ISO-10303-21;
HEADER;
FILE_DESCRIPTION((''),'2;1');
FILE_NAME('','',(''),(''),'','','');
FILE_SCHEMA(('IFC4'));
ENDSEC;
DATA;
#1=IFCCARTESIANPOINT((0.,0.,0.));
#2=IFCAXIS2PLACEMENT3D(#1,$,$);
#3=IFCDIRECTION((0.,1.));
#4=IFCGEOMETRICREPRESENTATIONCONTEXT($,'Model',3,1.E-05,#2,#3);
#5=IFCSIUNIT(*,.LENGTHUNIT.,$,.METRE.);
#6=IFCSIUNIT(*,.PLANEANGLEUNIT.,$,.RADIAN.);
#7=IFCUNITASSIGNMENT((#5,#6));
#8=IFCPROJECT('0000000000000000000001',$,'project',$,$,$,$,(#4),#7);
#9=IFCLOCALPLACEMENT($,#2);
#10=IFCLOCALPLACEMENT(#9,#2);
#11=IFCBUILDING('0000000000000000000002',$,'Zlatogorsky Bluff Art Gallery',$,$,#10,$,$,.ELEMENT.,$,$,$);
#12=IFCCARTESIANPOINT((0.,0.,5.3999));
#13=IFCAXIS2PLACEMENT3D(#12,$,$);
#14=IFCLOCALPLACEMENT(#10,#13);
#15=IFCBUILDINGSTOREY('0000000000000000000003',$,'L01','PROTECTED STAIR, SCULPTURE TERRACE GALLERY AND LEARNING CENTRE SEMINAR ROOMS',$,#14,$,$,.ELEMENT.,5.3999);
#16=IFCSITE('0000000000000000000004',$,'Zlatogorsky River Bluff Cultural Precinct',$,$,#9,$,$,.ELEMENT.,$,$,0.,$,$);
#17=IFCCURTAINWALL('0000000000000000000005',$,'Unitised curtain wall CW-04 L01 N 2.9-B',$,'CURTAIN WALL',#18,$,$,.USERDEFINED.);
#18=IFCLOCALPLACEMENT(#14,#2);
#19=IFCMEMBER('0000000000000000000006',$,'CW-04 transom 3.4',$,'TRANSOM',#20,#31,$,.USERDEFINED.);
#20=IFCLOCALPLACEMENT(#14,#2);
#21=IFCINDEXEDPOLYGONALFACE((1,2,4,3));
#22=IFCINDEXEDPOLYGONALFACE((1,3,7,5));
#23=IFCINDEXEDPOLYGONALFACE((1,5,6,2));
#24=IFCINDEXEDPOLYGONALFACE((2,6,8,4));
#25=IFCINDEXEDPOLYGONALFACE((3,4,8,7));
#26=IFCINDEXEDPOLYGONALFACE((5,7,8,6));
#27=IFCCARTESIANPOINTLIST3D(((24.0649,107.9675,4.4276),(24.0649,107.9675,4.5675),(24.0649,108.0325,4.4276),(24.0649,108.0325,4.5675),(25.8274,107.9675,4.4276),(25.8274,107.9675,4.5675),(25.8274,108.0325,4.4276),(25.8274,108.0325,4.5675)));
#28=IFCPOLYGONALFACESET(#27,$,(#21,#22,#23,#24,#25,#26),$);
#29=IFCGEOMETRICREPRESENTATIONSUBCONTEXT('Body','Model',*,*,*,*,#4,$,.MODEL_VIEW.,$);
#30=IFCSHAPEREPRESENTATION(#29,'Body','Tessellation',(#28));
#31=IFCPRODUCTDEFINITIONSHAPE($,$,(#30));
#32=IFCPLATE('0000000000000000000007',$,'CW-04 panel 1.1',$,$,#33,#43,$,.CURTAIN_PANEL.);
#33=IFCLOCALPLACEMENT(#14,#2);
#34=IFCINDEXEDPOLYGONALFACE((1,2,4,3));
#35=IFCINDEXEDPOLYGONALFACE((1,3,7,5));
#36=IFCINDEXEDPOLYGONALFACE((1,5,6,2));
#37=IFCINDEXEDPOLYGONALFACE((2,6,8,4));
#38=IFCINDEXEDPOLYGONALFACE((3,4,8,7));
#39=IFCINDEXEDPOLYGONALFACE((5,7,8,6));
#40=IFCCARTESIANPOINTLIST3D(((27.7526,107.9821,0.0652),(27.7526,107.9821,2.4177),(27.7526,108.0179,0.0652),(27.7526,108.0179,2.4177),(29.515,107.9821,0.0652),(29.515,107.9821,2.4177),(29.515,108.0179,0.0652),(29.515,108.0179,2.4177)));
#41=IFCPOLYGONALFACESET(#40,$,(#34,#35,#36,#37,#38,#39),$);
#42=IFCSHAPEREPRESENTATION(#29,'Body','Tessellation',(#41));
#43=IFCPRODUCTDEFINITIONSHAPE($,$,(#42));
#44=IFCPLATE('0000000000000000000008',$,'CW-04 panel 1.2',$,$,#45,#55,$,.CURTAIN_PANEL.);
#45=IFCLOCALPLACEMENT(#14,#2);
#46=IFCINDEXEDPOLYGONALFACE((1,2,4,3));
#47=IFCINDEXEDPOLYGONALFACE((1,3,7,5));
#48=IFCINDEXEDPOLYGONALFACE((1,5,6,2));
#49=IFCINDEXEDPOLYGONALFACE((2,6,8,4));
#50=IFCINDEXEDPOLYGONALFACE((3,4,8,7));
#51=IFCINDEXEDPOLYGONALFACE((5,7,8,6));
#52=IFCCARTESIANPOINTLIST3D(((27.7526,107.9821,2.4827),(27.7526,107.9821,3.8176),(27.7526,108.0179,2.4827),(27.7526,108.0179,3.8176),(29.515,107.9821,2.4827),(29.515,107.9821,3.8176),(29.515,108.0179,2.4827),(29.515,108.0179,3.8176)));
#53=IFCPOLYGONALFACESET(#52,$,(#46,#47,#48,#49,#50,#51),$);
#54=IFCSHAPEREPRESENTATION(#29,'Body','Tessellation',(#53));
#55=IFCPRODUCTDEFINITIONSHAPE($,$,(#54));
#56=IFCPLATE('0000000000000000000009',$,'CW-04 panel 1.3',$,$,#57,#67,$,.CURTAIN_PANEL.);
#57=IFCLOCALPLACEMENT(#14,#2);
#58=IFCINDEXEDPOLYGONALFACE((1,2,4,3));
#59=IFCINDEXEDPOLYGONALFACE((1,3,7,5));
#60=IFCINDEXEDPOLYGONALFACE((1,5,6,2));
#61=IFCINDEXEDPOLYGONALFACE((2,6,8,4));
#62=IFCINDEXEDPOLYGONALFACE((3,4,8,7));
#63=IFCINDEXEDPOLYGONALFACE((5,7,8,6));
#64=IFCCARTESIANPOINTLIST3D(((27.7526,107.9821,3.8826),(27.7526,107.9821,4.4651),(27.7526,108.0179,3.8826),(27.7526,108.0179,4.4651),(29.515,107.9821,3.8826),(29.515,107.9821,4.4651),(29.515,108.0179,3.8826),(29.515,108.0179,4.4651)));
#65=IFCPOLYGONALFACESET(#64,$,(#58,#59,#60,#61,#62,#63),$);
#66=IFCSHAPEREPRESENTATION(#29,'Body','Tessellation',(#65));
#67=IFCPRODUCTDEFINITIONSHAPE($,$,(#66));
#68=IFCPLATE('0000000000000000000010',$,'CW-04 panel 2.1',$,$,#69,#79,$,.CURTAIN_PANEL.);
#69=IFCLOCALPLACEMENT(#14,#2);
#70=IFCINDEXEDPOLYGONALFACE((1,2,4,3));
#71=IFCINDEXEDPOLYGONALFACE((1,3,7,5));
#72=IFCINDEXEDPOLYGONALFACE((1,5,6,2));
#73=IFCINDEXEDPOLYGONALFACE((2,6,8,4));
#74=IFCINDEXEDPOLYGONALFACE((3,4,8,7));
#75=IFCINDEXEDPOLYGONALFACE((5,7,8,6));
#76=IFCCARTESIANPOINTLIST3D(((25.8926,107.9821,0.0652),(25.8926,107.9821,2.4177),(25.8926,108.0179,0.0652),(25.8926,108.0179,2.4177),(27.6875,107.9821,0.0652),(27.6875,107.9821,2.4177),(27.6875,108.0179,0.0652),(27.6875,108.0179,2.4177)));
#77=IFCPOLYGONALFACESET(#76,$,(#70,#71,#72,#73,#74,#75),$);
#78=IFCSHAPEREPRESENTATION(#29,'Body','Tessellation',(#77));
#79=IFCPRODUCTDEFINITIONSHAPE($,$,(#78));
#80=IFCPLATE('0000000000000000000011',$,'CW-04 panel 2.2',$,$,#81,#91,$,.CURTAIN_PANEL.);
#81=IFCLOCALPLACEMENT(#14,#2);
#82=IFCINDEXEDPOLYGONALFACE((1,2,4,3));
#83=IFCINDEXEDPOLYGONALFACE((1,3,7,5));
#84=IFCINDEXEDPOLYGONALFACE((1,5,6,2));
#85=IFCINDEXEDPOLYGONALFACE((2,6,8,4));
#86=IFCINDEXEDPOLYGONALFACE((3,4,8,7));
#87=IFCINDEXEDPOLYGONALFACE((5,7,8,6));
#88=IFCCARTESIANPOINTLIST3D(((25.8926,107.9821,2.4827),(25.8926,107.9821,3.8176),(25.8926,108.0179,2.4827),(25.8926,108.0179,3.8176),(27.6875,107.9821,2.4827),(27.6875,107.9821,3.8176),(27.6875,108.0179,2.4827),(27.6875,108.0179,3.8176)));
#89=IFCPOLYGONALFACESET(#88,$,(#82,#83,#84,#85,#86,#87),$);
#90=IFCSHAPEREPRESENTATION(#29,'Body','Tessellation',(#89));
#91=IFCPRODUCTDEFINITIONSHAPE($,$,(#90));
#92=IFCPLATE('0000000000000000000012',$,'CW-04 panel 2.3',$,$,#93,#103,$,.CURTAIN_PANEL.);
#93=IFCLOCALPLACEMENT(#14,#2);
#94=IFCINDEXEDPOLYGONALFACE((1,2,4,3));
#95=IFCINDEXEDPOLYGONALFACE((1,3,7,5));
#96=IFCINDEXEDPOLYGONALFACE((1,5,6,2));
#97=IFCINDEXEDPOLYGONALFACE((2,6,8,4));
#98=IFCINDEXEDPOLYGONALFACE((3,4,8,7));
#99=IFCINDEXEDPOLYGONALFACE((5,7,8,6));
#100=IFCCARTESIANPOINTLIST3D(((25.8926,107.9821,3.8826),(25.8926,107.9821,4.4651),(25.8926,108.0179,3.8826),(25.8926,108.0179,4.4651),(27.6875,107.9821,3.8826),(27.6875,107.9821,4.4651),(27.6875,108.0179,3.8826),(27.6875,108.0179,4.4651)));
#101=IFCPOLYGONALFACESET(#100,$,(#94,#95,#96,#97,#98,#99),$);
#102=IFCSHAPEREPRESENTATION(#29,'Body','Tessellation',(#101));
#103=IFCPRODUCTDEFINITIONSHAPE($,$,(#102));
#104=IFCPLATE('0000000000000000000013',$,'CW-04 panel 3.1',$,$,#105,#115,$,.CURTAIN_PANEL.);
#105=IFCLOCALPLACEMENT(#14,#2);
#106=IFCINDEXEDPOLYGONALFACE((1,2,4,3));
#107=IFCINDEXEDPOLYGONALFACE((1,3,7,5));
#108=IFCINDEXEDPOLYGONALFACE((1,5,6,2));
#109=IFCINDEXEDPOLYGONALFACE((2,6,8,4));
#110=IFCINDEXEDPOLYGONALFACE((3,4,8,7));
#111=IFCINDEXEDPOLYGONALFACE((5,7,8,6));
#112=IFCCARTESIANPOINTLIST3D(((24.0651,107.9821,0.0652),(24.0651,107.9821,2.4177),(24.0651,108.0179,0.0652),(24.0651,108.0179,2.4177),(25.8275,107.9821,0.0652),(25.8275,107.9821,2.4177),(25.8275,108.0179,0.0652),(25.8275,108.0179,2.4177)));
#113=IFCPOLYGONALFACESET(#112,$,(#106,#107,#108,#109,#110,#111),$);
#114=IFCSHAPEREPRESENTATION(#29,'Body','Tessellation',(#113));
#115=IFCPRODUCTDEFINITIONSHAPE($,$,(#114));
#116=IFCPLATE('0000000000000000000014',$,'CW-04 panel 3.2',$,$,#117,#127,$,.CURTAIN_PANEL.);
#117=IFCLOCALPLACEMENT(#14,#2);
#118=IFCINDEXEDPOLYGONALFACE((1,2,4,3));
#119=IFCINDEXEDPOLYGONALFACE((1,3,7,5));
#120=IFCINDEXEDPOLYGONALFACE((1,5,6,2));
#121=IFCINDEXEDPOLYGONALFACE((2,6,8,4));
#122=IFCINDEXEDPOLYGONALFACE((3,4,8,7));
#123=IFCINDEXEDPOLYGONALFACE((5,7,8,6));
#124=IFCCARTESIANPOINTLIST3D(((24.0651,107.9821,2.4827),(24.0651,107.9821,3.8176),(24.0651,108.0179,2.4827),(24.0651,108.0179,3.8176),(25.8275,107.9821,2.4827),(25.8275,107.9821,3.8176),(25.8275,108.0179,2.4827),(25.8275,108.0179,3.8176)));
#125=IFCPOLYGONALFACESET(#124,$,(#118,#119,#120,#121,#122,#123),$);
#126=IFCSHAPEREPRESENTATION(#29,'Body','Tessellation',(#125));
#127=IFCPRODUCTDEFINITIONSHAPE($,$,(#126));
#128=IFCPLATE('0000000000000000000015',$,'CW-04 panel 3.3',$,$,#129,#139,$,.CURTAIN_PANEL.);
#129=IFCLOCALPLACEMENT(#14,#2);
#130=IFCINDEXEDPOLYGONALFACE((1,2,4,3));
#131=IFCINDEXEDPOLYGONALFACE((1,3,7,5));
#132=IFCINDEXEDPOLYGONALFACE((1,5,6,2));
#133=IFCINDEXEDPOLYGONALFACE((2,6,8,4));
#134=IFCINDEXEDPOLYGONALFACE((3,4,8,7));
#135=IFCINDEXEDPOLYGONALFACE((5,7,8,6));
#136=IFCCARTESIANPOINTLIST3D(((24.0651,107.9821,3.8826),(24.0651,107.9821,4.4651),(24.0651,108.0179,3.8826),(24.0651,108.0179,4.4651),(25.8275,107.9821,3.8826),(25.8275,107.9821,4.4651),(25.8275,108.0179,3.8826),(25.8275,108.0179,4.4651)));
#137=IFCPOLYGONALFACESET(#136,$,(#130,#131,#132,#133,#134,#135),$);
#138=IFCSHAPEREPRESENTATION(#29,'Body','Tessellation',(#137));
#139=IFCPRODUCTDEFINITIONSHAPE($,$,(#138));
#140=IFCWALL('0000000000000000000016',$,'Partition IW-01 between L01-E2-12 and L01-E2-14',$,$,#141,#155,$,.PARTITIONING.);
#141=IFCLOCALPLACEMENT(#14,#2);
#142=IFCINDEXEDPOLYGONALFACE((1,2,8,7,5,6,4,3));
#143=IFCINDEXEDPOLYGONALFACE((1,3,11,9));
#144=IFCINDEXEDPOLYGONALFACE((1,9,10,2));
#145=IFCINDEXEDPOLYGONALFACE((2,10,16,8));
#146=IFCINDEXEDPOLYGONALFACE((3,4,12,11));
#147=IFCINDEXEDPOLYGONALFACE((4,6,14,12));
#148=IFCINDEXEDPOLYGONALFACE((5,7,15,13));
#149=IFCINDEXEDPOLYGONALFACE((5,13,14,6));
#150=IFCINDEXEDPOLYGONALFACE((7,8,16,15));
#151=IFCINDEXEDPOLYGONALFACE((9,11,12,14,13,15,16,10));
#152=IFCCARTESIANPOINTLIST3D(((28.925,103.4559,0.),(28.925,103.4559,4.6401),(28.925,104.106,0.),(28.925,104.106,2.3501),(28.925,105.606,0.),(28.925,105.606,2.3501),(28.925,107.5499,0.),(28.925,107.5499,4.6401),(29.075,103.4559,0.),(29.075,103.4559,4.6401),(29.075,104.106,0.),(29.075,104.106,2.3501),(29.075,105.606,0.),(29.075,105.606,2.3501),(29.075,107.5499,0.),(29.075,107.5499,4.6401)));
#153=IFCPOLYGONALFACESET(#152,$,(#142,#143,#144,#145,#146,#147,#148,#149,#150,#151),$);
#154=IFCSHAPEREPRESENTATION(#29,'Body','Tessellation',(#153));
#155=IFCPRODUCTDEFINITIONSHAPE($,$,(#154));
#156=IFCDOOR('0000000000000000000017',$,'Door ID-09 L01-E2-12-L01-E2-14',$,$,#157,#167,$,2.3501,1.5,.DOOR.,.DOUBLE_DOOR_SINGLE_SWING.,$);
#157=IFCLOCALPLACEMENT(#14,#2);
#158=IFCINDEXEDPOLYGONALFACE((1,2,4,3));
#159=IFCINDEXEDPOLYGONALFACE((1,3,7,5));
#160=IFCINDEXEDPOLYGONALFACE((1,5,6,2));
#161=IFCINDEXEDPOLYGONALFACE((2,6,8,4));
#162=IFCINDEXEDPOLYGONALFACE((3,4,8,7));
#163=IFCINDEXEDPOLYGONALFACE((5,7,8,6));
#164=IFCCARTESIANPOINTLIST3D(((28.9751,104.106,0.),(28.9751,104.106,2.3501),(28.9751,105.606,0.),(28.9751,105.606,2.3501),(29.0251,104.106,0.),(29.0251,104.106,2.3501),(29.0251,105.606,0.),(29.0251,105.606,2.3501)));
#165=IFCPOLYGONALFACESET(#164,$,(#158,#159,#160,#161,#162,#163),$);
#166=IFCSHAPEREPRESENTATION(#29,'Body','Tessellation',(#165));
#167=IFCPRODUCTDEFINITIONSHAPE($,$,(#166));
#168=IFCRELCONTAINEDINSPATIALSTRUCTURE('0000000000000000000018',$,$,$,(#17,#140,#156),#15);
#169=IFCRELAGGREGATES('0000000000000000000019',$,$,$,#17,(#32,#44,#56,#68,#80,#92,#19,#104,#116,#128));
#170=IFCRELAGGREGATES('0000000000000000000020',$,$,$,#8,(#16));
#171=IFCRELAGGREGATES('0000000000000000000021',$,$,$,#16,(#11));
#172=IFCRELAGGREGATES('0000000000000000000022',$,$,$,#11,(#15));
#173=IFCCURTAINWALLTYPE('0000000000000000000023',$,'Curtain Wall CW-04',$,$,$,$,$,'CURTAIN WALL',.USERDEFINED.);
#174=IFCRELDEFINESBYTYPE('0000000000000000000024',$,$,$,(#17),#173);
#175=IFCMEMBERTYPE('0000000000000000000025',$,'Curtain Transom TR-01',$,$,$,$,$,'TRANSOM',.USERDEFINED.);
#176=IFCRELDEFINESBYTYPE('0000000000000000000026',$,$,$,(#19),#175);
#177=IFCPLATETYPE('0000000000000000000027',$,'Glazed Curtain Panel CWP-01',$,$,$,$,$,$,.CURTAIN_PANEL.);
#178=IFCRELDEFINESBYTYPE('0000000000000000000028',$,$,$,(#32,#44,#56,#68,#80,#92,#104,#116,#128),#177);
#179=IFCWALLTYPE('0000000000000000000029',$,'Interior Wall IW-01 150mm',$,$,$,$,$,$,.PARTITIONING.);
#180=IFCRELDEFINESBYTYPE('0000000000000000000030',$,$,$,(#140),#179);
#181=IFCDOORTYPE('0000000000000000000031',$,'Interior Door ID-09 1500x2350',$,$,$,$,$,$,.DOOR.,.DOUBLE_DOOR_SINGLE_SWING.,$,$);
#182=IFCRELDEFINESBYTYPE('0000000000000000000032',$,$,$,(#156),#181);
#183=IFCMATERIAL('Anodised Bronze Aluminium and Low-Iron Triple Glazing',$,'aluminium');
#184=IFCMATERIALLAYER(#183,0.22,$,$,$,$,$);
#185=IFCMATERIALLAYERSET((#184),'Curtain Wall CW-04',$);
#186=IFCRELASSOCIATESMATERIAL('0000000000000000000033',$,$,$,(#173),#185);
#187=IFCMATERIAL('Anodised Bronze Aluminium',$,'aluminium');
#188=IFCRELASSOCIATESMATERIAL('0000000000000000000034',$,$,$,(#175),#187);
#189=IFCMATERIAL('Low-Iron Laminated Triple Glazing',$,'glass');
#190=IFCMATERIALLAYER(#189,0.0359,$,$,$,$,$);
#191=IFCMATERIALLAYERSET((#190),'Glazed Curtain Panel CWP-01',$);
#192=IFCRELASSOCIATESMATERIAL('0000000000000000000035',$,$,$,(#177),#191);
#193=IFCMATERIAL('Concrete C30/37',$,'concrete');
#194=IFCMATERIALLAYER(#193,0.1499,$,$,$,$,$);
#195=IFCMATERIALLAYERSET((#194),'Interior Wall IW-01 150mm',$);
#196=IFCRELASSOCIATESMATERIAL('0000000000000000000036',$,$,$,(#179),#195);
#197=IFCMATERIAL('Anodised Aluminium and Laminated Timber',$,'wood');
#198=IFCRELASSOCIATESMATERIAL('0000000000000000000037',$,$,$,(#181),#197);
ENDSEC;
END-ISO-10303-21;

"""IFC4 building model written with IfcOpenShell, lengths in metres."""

from ifc_helpers import new_model, si_unit, direction, frame, frame_2d, origin, origin_2d, place, context, subcontext, project, spatial, rectangle, extrude, material, layer, layer_set, material_profile, profile_set, type_object, element, fill, aggregate, save


model = new_model("IFC4")

# Units and contexts
model_context = context("Model", 3, precision=1e-05, world=origin(), true_north=direction((0.0, 1.0)))
body_context = subcontext(model_context, "Body", "Model", "MODEL_VIEW")
ifc_project = project(units=[si_unit("LENGTHUNIT", "METRE"), si_unit("PLANEANGLEUNIT", "RADIAN")], contexts=[model_context])

# Site, building, storey
site_placement = place(None, origin())
site = spatial("IfcSite", under=ifc_project, at=site_placement, Name="Zlatogorsky River Bluff Cultural Precinct", CompositionType="ELEMENT", RefElevation=0.0)
building_placement = place(site_placement, origin())
building = spatial("IfcBuilding", under=site, at=building_placement, Name="Zlatogorsky Bluff Art Gallery", CompositionType="ELEMENT")
storey_placement = place(building_placement, frame((0.0, 0.0, 5.3999)))
storey = spatial("IfcBuildingStorey", under=building, at=storey_placement, Name="L01", Description="PROTECTED STAIR, SCULPTURE TERRACE GALLERY AND LEARNING CENTRE SEMINAR ROOMS", CompositionType="ELEMENT", Elevation=5.3999)

# Curtain wall, member, plates
ifc_material_1 = material(Name="Anodised Bronze Aluminium and Low-Iron Triple Glazing", Category="aluminium")
ifc_layer_1 = layer(ifc_material_1, 0.22)
ifc_layer_set_1 = layer_set([ifc_layer_1], Name="Curtain Wall CW-04")
curtain_wall_type = type_object("IfcCurtainWallType", Name="Curtain Wall CW-04", ElementType="CURTAIN WALL", PredefinedType="USERDEFINED", material=ifc_layer_set_1)
curtain_wall_placement = place(storey_placement, origin())
curtain_wall = element("IfcCurtainWall", 1, at=curtain_wall_placement, inside=storey, type_object=curtain_wall_type, Name="Unitised curtain wall CW-04 L01 N 2.9-B", ObjectType="CURTAIN WALL", PredefinedType="USERDEFINED")
ifc_material_2 = material(Name="Anodised Bronze Aluminium", Category="aluminium")
ifc_material_profile_1 = material_profile(ifc_material_2, rectangle(XDim=0.0649, YDim=0.1399, at=origin_2d()), Name="ALU TRANSOM 65x140")
ifc_profile_set_1 = profile_set([ifc_material_profile_1], Name="Anodised Bronze Aluminium")
member_type_1 = type_object("IfcMemberType", Name="Curtain Transom TR-01", ElementType="TRANSOM", PredefinedType="USERDEFINED", material=ifc_profile_set_1)
member_1_placement = place(storey_placement, frame((25.8274, 108.0, 4.4976), z_axis=(-1.0, 0.0, 0.0), x_axis=(0.0, -1.0, 0.0)))
member_1 = element("IfcMember", 2, at=member_1_placement, type_object=member_type_1, Name="CW-04 transom 3.4", ObjectType="TRANSOM", PredefinedType="USERDEFINED", context=body_context, shape_type="SweptSolid", body=[
    extrude(rectangle(XDim=0.0649, YDim=0.1399, at=origin_2d()), origin(), (0.0, 0.0, 1.0), 1.7625),
])
ifc_material_3 = material(Name="Low-Iron Laminated Triple Glazing", Category="glass")
ifc_layer_2 = layer(ifc_material_3, 0.0359)
ifc_layer_set_2 = layer_set([ifc_layer_2], Name="Glazed Curtain Panel CWP-01")
plate_type = type_object("IfcPlateType", Name="Glazed Curtain Panel CWP-01", PredefinedType="CURTAIN_PANEL", material=ifc_layer_set_2)
plate_1_placement = place(storey_placement, frame((28.6338, 108.0, 0.0652), z_axis=(0.0, 0.0, 1.0), x_axis=(-1.0, 0.0, 0.0)))
plate_1 = element("IfcPlate", 3, at=plate_1_placement, type_object=plate_type, Name="CW-04 panel 1.1", PredefinedType="CURTAIN_PANEL", context=body_context, shape_type="SweptSolid", body=[
    extrude(rectangle(XDim=1.7625, YDim=0.0359, at=origin_2d()), origin(), (0.0, 0.0, 1.0), 2.3525),
])
plate_2_placement = place(storey_placement, frame((28.6338, 108.0, 2.4827), z_axis=(0.0, 0.0, 1.0), x_axis=(-1.0, 0.0, 0.0)))
plate_2 = element("IfcPlate", 4, at=plate_2_placement, type_object=plate_type, Name="CW-04 panel 1.2", PredefinedType="CURTAIN_PANEL", context=body_context, shape_type="SweptSolid", body=[
    extrude(rectangle(XDim=1.7625, YDim=0.0359, at=origin_2d()), origin(), (0.0, 0.0, 1.0), 1.335),
])
plate_3_placement = place(storey_placement, frame((28.6338, 108.0, 3.8826), z_axis=(0.0, 0.0, 1.0), x_axis=(-1.0, 0.0, 0.0)))
plate_3 = element("IfcPlate", 5, at=plate_3_placement, type_object=plate_type, Name="CW-04 panel 1.3", PredefinedType="CURTAIN_PANEL", context=body_context, shape_type="SweptSolid", body=[
    extrude(rectangle(XDim=1.7625, YDim=0.0359, at=origin_2d()), origin(), (0.0, 0.0, 1.0), 0.5825),
])
plate_4_placement = place(storey_placement, frame((26.79, 108.0, 0.0652), z_axis=(0.0, 0.0, 1.0), x_axis=(-1.0, 0.0, 0.0)))
plate_4 = element("IfcPlate", 6, at=plate_4_placement, type_object=plate_type, Name="CW-04 panel 2.1", PredefinedType="CURTAIN_PANEL", context=body_context, shape_type="SweptSolid", body=[
    extrude(rectangle(XDim=1.7949, YDim=0.0359, at=origin_2d()), origin(), (0.0, 0.0, 1.0), 2.3525),
])
plate_5_placement = place(storey_placement, frame((26.79, 108.0, 2.4827), z_axis=(0.0, 0.0, 1.0), x_axis=(-1.0, 0.0, 0.0)))
plate_5 = element("IfcPlate", 7, at=plate_5_placement, type_object=plate_type, Name="CW-04 panel 2.2", PredefinedType="CURTAIN_PANEL", context=body_context, shape_type="SweptSolid", body=[
    extrude(rectangle(XDim=1.7949, YDim=0.0359, at=origin_2d()), origin(), (0.0, 0.0, 1.0), 1.335),
])
plate_6_placement = place(storey_placement, frame((26.79, 108.0, 3.8826), z_axis=(0.0, 0.0, 1.0), x_axis=(-1.0, 0.0, 0.0)))
plate_6 = element("IfcPlate", 8, at=plate_6_placement, type_object=plate_type, Name="CW-04 panel 2.3", PredefinedType="CURTAIN_PANEL", context=body_context, shape_type="SweptSolid", body=[
    extrude(rectangle(XDim=1.7949, YDim=0.0359, at=origin_2d()), origin(), (0.0, 0.0, 1.0), 0.5825),
])
plate_7_placement = place(storey_placement, frame((24.9463, 108.0, 0.0652), z_axis=(0.0, 0.0, 1.0), x_axis=(-1.0, 0.0, 0.0)))
plate_7 = element("IfcPlate", 9, at=plate_7_placement, type_object=plate_type, Name="CW-04 panel 3.1", PredefinedType="CURTAIN_PANEL", context=body_context, shape_type="SweptSolid", body=[
    extrude(rectangle(XDim=1.7625, YDim=0.0359, at=origin_2d()), origin(), (0.0, 0.0, 1.0), 2.3525),
])
plate_8_placement = place(storey_placement, frame((24.9463, 108.0, 2.4827), z_axis=(0.0, 0.0, 1.0), x_axis=(-1.0, 0.0, 0.0)))
plate_8 = element("IfcPlate", 10, at=plate_8_placement, type_object=plate_type, Name="CW-04 panel 3.2", PredefinedType="CURTAIN_PANEL", context=body_context, shape_type="SweptSolid", body=[
    extrude(rectangle(XDim=1.7625, YDim=0.0359, at=origin_2d()), origin(), (0.0, 0.0, 1.0), 1.335),
])
plate_9_placement = place(storey_placement, frame((24.9463, 108.0, 3.8826), z_axis=(0.0, 0.0, 1.0), x_axis=(-1.0, 0.0, 0.0)))
plate_9 = element("IfcPlate", 11, at=plate_9_placement, type_object=plate_type, Name="CW-04 panel 3.3", PredefinedType="CURTAIN_PANEL", context=body_context, shape_type="SweptSolid", body=[
    extrude(rectangle(XDim=1.7625, YDim=0.0359, at=origin_2d()), origin(), (0.0, 0.0, 1.0), 0.5825),
])
aggregate(curtain_wall, [plate_1, plate_2, plate_3, plate_4, plate_5, plate_6, member_1, plate_7, plate_8, plate_9])

# Wall, opening, door
ifc_material_4 = material(Name="Concrete C30/37", Category="concrete")
ifc_layer_3 = layer(ifc_material_4, 0.1499)
ifc_layer_set_3 = layer_set([ifc_layer_3], Name="Interior Wall IW-01 150mm")
wall_type_1 = type_object("IfcWallType", Name="Interior Wall IW-01 150mm", PredefinedType="PARTITIONING", material=ifc_layer_set_3)
wall_1_placement = place(storey_placement, frame((29.0, 103.4561, 0.0), z_axis=(0.0, 0.0, 1.0), x_axis=(0.0, 1.0, 0.0)))
wall_1 = element("IfcWall", 12, at=wall_1_placement, inside=storey, type_object=wall_type_1, Name="Partition IW-01 between L01-E2-12 and L01-E2-14", PredefinedType="PARTITIONING", context=body_context, shape_type="SweptSolid", body=[
    extrude(rectangle(XDim=4.094, YDim=0.1499, at=frame_2d((2.0469, 0.0))), origin(), (0.0, 0.0, 1.0), 4.6401),
])
opening_1_placement = place(wall_1_placement, frame((0.6499, 0.0, 0.0)))
opening_1 = element("IfcOpeningElement", 13, at=opening_1_placement, cuts=wall_1, PredefinedType="OPENING", context=body_context, shape_type="SweptSolid", body=[
    extrude(rectangle(XDim=1.5, YDim=2.3501, at=frame_2d((0.75, 1.175))), frame((0.0, 0.085, 0.0), z_axis=(0.0, -1.0, 0.0), x_axis=(1.0, 0.0, 0.0)), (0.0, 0.0, 1.0), 0.1699),
])
ifc_material_5 = material(Name="Anodised Aluminium and Laminated Timber", Category="wood")
door_type_1 = type_object("IfcDoorType", Name="Interior Door ID-09 1500x2350", OperationType="DOUBLE_DOOR_SINGLE_SWING", PredefinedType="DOOR", material=ifc_material_5)
door_1_placement = place(opening_1_placement, origin())
door_1 = element("IfcDoor", 14, at=door_1_placement, inside=storey, type_object=door_type_1, Name="Door ID-09 L01-E2-12-L01-E2-14", OperationType="DOUBLE_DOOR_SINGLE_SWING", OverallHeight=2.3501, OverallWidth=1.5, PredefinedType="DOOR", context=body_context, shape_type="SweptSolid", body=[
    extrude(rectangle(XDim=1.5, YDim=2.3501, at=frame_2d((0.75, 1.175))), frame((0.0, 0.0249, 0.0), z_axis=(0.0, -1.0, 0.0), x_axis=(1.0, 0.0, 0.0)), (0.0, 0.0, 1.0), 0.05),
])
fill(opening_1, door_1)

save(model, "model.ifc")
